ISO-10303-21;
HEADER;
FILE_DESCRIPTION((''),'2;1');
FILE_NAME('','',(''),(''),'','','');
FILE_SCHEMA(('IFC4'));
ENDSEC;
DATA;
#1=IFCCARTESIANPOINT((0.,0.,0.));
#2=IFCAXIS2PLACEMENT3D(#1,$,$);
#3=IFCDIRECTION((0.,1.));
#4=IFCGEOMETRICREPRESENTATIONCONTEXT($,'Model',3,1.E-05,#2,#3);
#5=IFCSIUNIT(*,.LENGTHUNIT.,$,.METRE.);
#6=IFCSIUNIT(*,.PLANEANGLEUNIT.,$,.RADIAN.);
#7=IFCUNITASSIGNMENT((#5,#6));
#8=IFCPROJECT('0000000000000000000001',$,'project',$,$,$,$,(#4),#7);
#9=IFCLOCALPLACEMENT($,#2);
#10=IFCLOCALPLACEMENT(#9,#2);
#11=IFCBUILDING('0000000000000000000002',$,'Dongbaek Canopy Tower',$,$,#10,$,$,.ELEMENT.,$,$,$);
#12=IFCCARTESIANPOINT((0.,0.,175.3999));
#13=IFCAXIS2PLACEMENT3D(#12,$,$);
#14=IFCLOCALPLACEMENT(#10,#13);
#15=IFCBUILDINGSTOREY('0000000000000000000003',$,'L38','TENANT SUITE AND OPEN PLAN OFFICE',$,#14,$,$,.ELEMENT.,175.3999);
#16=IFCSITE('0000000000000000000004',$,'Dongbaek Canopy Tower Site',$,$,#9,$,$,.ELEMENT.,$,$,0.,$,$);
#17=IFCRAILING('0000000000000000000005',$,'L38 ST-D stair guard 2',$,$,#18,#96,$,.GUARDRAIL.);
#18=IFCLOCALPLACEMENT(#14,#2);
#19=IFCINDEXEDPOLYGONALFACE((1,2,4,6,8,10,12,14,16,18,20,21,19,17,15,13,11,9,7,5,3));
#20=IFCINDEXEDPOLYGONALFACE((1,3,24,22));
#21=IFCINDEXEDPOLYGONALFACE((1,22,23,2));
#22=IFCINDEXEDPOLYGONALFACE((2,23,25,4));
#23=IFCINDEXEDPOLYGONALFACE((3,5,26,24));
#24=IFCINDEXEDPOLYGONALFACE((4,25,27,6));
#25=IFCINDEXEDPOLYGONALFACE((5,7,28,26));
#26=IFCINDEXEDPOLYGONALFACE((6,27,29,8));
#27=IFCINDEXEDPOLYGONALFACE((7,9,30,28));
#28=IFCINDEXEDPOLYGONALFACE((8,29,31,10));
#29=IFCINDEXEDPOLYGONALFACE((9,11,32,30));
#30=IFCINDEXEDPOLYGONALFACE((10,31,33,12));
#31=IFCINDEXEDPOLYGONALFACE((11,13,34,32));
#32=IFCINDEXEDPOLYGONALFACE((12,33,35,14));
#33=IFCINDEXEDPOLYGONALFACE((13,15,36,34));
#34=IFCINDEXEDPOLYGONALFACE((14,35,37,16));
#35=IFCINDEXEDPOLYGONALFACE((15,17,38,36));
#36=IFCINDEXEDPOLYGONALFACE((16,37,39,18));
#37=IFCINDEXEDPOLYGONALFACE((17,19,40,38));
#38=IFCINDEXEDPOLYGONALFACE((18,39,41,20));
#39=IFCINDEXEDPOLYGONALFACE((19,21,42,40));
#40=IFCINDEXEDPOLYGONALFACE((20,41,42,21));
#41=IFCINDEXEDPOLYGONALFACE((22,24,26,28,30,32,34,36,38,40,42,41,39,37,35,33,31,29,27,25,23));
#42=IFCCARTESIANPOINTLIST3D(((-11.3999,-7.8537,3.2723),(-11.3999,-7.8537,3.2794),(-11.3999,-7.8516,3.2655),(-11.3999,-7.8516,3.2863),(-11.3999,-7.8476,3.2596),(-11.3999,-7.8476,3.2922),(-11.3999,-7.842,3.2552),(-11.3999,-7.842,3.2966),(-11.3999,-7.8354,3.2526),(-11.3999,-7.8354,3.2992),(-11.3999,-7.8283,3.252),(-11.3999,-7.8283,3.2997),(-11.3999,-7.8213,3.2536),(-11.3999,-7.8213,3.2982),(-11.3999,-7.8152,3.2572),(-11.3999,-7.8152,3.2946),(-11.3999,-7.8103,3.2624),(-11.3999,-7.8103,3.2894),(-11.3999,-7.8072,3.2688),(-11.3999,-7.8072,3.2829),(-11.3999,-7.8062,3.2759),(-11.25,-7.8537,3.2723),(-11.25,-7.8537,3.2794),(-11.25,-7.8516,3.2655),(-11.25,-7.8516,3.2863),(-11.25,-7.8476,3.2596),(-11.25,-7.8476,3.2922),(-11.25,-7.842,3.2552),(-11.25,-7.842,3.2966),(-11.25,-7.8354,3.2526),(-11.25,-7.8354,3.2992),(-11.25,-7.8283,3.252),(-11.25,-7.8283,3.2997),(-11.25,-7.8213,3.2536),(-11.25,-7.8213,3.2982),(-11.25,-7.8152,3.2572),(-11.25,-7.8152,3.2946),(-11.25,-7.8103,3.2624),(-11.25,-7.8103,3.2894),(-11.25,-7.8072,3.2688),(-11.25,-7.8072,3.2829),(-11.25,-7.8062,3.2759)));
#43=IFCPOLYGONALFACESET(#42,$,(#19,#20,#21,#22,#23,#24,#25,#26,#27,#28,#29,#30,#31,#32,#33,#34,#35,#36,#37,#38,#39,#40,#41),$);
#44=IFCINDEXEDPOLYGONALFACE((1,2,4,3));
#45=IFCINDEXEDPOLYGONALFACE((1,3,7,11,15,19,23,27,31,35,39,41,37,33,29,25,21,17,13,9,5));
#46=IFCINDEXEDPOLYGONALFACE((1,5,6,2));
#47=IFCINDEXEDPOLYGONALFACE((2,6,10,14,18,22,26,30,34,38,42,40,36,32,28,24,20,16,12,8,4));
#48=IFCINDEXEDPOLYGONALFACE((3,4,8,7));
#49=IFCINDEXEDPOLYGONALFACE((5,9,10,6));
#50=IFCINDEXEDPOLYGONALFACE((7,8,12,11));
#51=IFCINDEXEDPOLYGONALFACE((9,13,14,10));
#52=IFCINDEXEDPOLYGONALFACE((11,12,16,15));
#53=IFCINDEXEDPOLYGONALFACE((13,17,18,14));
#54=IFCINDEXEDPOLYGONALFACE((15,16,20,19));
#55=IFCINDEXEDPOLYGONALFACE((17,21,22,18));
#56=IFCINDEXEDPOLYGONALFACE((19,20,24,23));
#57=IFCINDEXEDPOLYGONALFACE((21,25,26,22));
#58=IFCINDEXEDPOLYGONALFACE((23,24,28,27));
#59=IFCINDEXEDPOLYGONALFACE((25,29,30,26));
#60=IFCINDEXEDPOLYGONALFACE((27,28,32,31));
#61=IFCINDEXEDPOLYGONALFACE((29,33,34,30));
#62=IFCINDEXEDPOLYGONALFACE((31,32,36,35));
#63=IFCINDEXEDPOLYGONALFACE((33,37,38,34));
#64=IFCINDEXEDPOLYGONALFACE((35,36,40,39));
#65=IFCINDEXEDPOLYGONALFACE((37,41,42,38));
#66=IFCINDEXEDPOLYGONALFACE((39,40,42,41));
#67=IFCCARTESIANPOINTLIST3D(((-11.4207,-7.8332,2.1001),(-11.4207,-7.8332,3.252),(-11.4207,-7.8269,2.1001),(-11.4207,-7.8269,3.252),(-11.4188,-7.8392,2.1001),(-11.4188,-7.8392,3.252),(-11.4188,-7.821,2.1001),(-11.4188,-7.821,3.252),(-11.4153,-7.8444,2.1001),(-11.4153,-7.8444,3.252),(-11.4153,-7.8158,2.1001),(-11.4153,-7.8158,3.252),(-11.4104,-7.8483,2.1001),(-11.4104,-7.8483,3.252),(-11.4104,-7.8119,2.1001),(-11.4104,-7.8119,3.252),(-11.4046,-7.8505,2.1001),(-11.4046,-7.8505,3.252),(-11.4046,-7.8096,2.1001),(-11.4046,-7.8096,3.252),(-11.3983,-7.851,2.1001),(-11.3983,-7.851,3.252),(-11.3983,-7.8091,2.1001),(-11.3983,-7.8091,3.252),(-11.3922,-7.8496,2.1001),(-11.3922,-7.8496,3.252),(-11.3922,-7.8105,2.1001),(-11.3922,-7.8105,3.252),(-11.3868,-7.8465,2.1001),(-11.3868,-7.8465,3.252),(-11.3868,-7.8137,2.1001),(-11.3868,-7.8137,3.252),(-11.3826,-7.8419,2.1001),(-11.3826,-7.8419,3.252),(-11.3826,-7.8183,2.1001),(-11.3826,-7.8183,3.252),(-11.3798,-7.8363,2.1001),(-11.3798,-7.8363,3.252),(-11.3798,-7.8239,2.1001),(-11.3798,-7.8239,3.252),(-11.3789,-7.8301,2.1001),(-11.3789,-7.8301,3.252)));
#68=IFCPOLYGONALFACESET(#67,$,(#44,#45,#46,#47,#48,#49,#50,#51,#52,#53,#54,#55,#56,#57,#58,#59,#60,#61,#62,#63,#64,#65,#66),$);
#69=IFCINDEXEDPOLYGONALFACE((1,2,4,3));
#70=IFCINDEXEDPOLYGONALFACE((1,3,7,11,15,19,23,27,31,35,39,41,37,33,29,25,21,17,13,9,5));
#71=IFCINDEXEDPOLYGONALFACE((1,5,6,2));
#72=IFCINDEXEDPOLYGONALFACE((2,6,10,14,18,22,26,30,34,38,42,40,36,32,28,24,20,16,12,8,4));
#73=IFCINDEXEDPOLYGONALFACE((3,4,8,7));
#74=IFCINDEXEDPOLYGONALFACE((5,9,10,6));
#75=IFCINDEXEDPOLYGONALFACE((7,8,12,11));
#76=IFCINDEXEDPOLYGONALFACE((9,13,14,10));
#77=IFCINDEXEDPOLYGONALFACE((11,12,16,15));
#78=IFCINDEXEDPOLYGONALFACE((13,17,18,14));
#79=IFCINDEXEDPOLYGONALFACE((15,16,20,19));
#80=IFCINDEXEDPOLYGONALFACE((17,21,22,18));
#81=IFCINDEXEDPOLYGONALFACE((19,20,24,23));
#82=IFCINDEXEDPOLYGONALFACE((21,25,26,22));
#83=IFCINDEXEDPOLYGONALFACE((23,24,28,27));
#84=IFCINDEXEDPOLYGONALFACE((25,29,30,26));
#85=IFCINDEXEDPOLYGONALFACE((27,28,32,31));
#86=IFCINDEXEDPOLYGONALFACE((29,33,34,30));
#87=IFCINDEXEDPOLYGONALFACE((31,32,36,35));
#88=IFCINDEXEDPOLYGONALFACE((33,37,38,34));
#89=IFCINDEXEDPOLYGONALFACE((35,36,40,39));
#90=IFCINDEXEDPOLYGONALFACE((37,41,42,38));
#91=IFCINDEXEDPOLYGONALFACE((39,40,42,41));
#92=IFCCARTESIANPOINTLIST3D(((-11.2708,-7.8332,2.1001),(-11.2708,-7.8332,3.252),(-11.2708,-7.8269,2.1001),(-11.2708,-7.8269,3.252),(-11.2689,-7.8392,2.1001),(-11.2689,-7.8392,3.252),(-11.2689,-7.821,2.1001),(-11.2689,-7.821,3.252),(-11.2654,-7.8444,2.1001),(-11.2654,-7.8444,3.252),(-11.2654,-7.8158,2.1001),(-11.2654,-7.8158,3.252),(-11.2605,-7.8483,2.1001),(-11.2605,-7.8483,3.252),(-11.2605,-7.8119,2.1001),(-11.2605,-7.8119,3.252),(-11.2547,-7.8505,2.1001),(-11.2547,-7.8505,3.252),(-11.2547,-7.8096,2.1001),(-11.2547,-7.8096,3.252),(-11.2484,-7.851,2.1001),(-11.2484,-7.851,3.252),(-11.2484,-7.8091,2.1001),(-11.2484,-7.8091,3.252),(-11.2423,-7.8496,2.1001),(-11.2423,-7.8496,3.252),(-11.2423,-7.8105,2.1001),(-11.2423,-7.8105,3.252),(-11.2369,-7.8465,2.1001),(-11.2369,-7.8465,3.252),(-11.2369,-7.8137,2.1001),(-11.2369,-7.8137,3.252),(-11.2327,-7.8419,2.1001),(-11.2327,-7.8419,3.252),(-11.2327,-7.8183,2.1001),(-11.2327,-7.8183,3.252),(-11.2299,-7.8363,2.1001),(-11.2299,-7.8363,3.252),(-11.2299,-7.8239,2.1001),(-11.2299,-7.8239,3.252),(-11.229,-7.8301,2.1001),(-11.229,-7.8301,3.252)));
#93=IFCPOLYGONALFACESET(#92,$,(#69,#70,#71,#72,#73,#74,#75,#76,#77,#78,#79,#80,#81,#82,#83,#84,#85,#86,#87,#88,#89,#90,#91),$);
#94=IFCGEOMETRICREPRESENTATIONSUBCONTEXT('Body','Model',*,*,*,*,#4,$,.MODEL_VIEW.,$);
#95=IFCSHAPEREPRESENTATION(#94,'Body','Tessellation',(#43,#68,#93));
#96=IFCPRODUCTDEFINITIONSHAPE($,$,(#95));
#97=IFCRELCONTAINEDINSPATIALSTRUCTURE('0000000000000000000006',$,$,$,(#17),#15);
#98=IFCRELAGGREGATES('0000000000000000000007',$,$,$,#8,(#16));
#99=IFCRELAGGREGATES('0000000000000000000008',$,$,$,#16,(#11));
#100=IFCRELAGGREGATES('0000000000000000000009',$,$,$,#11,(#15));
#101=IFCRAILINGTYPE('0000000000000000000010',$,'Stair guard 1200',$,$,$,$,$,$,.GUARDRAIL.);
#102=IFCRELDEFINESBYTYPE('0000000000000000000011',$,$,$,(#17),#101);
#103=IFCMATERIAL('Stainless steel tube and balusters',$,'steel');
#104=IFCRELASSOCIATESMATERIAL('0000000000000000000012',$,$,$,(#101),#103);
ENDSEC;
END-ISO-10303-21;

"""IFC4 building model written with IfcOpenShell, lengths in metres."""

from ifc_helpers import new_model, si_unit, direction, frame, origin, origin_2d, place, context, subcontext, project, spatial, circle, extrude, material, type_object, element, save


model = new_model("IFC4")

# Units and contexts
model_context = context("Model", 3, precision=1e-05, world=origin(), true_north=direction((0.0, 1.0)))
body_context = subcontext(model_context, "Body", "Model", "MODEL_VIEW")
ifc_project = project(units=[si_unit("LENGTHUNIT", "METRE"), si_unit("PLANEANGLEUNIT", "RADIAN")], contexts=[model_context])

# Site, building, storey
site_placement = place(None, origin())
site = spatial("IfcSite", under=ifc_project, at=site_placement, Name="Dongbaek Canopy Tower Site", CompositionType="ELEMENT", RefElevation=0.0)
building_placement = place(site_placement, origin())
building = spatial("IfcBuilding", under=site, at=building_placement, Name="Dongbaek Canopy Tower", CompositionType="ELEMENT")
storey_placement = place(building_placement, frame((0.0, 0.0, 175.3999)))
storey = spatial("IfcBuildingStorey", under=building, at=storey_placement, Name="L38", Description="TENANT SUITE AND OPEN PLAN OFFICE", CompositionType="ELEMENT", Elevation=175.3999)

# Railing
ifc_material_1 = material(Name="Stainless steel tube and balusters", Category="steel")
railing_type_1 = type_object("IfcRailingType", Name="Stair guard 1200", PredefinedType="GUARDRAIL", material=ifc_material_1)
railing_1_placement = place(storey_placement, frame((-11.3999, -7.8301, 2.1001)))
element("IfcRailing", 1, at=railing_1_placement, inside=storey, type_object=railing_type_1, Name="L38 ST-D stair guard 2", PredefinedType="GUARDRAIL", context=body_context, shape_type="SweptSolid", body=[
    extrude(circle(Radius=0.0239, at=origin_2d()), frame((0.0, 0.0, 1.1758), z_axis=(1.0, 0.0, 0.0), x_axis=(0.0, 1.0, 0.0)), (0.0, 0.0, 1.0), 0.1499),
    extrude(circle(Radius=0.021, at=origin_2d()), origin(), (0.0, 0.0, 1.0), 1.1519),
    extrude(circle(Radius=0.021, at=origin_2d()), frame((0.1499, 0.0, 0.0)), (0.0, 0.0, 1.0), 1.1519),
])

save(model, "model.ifc")
